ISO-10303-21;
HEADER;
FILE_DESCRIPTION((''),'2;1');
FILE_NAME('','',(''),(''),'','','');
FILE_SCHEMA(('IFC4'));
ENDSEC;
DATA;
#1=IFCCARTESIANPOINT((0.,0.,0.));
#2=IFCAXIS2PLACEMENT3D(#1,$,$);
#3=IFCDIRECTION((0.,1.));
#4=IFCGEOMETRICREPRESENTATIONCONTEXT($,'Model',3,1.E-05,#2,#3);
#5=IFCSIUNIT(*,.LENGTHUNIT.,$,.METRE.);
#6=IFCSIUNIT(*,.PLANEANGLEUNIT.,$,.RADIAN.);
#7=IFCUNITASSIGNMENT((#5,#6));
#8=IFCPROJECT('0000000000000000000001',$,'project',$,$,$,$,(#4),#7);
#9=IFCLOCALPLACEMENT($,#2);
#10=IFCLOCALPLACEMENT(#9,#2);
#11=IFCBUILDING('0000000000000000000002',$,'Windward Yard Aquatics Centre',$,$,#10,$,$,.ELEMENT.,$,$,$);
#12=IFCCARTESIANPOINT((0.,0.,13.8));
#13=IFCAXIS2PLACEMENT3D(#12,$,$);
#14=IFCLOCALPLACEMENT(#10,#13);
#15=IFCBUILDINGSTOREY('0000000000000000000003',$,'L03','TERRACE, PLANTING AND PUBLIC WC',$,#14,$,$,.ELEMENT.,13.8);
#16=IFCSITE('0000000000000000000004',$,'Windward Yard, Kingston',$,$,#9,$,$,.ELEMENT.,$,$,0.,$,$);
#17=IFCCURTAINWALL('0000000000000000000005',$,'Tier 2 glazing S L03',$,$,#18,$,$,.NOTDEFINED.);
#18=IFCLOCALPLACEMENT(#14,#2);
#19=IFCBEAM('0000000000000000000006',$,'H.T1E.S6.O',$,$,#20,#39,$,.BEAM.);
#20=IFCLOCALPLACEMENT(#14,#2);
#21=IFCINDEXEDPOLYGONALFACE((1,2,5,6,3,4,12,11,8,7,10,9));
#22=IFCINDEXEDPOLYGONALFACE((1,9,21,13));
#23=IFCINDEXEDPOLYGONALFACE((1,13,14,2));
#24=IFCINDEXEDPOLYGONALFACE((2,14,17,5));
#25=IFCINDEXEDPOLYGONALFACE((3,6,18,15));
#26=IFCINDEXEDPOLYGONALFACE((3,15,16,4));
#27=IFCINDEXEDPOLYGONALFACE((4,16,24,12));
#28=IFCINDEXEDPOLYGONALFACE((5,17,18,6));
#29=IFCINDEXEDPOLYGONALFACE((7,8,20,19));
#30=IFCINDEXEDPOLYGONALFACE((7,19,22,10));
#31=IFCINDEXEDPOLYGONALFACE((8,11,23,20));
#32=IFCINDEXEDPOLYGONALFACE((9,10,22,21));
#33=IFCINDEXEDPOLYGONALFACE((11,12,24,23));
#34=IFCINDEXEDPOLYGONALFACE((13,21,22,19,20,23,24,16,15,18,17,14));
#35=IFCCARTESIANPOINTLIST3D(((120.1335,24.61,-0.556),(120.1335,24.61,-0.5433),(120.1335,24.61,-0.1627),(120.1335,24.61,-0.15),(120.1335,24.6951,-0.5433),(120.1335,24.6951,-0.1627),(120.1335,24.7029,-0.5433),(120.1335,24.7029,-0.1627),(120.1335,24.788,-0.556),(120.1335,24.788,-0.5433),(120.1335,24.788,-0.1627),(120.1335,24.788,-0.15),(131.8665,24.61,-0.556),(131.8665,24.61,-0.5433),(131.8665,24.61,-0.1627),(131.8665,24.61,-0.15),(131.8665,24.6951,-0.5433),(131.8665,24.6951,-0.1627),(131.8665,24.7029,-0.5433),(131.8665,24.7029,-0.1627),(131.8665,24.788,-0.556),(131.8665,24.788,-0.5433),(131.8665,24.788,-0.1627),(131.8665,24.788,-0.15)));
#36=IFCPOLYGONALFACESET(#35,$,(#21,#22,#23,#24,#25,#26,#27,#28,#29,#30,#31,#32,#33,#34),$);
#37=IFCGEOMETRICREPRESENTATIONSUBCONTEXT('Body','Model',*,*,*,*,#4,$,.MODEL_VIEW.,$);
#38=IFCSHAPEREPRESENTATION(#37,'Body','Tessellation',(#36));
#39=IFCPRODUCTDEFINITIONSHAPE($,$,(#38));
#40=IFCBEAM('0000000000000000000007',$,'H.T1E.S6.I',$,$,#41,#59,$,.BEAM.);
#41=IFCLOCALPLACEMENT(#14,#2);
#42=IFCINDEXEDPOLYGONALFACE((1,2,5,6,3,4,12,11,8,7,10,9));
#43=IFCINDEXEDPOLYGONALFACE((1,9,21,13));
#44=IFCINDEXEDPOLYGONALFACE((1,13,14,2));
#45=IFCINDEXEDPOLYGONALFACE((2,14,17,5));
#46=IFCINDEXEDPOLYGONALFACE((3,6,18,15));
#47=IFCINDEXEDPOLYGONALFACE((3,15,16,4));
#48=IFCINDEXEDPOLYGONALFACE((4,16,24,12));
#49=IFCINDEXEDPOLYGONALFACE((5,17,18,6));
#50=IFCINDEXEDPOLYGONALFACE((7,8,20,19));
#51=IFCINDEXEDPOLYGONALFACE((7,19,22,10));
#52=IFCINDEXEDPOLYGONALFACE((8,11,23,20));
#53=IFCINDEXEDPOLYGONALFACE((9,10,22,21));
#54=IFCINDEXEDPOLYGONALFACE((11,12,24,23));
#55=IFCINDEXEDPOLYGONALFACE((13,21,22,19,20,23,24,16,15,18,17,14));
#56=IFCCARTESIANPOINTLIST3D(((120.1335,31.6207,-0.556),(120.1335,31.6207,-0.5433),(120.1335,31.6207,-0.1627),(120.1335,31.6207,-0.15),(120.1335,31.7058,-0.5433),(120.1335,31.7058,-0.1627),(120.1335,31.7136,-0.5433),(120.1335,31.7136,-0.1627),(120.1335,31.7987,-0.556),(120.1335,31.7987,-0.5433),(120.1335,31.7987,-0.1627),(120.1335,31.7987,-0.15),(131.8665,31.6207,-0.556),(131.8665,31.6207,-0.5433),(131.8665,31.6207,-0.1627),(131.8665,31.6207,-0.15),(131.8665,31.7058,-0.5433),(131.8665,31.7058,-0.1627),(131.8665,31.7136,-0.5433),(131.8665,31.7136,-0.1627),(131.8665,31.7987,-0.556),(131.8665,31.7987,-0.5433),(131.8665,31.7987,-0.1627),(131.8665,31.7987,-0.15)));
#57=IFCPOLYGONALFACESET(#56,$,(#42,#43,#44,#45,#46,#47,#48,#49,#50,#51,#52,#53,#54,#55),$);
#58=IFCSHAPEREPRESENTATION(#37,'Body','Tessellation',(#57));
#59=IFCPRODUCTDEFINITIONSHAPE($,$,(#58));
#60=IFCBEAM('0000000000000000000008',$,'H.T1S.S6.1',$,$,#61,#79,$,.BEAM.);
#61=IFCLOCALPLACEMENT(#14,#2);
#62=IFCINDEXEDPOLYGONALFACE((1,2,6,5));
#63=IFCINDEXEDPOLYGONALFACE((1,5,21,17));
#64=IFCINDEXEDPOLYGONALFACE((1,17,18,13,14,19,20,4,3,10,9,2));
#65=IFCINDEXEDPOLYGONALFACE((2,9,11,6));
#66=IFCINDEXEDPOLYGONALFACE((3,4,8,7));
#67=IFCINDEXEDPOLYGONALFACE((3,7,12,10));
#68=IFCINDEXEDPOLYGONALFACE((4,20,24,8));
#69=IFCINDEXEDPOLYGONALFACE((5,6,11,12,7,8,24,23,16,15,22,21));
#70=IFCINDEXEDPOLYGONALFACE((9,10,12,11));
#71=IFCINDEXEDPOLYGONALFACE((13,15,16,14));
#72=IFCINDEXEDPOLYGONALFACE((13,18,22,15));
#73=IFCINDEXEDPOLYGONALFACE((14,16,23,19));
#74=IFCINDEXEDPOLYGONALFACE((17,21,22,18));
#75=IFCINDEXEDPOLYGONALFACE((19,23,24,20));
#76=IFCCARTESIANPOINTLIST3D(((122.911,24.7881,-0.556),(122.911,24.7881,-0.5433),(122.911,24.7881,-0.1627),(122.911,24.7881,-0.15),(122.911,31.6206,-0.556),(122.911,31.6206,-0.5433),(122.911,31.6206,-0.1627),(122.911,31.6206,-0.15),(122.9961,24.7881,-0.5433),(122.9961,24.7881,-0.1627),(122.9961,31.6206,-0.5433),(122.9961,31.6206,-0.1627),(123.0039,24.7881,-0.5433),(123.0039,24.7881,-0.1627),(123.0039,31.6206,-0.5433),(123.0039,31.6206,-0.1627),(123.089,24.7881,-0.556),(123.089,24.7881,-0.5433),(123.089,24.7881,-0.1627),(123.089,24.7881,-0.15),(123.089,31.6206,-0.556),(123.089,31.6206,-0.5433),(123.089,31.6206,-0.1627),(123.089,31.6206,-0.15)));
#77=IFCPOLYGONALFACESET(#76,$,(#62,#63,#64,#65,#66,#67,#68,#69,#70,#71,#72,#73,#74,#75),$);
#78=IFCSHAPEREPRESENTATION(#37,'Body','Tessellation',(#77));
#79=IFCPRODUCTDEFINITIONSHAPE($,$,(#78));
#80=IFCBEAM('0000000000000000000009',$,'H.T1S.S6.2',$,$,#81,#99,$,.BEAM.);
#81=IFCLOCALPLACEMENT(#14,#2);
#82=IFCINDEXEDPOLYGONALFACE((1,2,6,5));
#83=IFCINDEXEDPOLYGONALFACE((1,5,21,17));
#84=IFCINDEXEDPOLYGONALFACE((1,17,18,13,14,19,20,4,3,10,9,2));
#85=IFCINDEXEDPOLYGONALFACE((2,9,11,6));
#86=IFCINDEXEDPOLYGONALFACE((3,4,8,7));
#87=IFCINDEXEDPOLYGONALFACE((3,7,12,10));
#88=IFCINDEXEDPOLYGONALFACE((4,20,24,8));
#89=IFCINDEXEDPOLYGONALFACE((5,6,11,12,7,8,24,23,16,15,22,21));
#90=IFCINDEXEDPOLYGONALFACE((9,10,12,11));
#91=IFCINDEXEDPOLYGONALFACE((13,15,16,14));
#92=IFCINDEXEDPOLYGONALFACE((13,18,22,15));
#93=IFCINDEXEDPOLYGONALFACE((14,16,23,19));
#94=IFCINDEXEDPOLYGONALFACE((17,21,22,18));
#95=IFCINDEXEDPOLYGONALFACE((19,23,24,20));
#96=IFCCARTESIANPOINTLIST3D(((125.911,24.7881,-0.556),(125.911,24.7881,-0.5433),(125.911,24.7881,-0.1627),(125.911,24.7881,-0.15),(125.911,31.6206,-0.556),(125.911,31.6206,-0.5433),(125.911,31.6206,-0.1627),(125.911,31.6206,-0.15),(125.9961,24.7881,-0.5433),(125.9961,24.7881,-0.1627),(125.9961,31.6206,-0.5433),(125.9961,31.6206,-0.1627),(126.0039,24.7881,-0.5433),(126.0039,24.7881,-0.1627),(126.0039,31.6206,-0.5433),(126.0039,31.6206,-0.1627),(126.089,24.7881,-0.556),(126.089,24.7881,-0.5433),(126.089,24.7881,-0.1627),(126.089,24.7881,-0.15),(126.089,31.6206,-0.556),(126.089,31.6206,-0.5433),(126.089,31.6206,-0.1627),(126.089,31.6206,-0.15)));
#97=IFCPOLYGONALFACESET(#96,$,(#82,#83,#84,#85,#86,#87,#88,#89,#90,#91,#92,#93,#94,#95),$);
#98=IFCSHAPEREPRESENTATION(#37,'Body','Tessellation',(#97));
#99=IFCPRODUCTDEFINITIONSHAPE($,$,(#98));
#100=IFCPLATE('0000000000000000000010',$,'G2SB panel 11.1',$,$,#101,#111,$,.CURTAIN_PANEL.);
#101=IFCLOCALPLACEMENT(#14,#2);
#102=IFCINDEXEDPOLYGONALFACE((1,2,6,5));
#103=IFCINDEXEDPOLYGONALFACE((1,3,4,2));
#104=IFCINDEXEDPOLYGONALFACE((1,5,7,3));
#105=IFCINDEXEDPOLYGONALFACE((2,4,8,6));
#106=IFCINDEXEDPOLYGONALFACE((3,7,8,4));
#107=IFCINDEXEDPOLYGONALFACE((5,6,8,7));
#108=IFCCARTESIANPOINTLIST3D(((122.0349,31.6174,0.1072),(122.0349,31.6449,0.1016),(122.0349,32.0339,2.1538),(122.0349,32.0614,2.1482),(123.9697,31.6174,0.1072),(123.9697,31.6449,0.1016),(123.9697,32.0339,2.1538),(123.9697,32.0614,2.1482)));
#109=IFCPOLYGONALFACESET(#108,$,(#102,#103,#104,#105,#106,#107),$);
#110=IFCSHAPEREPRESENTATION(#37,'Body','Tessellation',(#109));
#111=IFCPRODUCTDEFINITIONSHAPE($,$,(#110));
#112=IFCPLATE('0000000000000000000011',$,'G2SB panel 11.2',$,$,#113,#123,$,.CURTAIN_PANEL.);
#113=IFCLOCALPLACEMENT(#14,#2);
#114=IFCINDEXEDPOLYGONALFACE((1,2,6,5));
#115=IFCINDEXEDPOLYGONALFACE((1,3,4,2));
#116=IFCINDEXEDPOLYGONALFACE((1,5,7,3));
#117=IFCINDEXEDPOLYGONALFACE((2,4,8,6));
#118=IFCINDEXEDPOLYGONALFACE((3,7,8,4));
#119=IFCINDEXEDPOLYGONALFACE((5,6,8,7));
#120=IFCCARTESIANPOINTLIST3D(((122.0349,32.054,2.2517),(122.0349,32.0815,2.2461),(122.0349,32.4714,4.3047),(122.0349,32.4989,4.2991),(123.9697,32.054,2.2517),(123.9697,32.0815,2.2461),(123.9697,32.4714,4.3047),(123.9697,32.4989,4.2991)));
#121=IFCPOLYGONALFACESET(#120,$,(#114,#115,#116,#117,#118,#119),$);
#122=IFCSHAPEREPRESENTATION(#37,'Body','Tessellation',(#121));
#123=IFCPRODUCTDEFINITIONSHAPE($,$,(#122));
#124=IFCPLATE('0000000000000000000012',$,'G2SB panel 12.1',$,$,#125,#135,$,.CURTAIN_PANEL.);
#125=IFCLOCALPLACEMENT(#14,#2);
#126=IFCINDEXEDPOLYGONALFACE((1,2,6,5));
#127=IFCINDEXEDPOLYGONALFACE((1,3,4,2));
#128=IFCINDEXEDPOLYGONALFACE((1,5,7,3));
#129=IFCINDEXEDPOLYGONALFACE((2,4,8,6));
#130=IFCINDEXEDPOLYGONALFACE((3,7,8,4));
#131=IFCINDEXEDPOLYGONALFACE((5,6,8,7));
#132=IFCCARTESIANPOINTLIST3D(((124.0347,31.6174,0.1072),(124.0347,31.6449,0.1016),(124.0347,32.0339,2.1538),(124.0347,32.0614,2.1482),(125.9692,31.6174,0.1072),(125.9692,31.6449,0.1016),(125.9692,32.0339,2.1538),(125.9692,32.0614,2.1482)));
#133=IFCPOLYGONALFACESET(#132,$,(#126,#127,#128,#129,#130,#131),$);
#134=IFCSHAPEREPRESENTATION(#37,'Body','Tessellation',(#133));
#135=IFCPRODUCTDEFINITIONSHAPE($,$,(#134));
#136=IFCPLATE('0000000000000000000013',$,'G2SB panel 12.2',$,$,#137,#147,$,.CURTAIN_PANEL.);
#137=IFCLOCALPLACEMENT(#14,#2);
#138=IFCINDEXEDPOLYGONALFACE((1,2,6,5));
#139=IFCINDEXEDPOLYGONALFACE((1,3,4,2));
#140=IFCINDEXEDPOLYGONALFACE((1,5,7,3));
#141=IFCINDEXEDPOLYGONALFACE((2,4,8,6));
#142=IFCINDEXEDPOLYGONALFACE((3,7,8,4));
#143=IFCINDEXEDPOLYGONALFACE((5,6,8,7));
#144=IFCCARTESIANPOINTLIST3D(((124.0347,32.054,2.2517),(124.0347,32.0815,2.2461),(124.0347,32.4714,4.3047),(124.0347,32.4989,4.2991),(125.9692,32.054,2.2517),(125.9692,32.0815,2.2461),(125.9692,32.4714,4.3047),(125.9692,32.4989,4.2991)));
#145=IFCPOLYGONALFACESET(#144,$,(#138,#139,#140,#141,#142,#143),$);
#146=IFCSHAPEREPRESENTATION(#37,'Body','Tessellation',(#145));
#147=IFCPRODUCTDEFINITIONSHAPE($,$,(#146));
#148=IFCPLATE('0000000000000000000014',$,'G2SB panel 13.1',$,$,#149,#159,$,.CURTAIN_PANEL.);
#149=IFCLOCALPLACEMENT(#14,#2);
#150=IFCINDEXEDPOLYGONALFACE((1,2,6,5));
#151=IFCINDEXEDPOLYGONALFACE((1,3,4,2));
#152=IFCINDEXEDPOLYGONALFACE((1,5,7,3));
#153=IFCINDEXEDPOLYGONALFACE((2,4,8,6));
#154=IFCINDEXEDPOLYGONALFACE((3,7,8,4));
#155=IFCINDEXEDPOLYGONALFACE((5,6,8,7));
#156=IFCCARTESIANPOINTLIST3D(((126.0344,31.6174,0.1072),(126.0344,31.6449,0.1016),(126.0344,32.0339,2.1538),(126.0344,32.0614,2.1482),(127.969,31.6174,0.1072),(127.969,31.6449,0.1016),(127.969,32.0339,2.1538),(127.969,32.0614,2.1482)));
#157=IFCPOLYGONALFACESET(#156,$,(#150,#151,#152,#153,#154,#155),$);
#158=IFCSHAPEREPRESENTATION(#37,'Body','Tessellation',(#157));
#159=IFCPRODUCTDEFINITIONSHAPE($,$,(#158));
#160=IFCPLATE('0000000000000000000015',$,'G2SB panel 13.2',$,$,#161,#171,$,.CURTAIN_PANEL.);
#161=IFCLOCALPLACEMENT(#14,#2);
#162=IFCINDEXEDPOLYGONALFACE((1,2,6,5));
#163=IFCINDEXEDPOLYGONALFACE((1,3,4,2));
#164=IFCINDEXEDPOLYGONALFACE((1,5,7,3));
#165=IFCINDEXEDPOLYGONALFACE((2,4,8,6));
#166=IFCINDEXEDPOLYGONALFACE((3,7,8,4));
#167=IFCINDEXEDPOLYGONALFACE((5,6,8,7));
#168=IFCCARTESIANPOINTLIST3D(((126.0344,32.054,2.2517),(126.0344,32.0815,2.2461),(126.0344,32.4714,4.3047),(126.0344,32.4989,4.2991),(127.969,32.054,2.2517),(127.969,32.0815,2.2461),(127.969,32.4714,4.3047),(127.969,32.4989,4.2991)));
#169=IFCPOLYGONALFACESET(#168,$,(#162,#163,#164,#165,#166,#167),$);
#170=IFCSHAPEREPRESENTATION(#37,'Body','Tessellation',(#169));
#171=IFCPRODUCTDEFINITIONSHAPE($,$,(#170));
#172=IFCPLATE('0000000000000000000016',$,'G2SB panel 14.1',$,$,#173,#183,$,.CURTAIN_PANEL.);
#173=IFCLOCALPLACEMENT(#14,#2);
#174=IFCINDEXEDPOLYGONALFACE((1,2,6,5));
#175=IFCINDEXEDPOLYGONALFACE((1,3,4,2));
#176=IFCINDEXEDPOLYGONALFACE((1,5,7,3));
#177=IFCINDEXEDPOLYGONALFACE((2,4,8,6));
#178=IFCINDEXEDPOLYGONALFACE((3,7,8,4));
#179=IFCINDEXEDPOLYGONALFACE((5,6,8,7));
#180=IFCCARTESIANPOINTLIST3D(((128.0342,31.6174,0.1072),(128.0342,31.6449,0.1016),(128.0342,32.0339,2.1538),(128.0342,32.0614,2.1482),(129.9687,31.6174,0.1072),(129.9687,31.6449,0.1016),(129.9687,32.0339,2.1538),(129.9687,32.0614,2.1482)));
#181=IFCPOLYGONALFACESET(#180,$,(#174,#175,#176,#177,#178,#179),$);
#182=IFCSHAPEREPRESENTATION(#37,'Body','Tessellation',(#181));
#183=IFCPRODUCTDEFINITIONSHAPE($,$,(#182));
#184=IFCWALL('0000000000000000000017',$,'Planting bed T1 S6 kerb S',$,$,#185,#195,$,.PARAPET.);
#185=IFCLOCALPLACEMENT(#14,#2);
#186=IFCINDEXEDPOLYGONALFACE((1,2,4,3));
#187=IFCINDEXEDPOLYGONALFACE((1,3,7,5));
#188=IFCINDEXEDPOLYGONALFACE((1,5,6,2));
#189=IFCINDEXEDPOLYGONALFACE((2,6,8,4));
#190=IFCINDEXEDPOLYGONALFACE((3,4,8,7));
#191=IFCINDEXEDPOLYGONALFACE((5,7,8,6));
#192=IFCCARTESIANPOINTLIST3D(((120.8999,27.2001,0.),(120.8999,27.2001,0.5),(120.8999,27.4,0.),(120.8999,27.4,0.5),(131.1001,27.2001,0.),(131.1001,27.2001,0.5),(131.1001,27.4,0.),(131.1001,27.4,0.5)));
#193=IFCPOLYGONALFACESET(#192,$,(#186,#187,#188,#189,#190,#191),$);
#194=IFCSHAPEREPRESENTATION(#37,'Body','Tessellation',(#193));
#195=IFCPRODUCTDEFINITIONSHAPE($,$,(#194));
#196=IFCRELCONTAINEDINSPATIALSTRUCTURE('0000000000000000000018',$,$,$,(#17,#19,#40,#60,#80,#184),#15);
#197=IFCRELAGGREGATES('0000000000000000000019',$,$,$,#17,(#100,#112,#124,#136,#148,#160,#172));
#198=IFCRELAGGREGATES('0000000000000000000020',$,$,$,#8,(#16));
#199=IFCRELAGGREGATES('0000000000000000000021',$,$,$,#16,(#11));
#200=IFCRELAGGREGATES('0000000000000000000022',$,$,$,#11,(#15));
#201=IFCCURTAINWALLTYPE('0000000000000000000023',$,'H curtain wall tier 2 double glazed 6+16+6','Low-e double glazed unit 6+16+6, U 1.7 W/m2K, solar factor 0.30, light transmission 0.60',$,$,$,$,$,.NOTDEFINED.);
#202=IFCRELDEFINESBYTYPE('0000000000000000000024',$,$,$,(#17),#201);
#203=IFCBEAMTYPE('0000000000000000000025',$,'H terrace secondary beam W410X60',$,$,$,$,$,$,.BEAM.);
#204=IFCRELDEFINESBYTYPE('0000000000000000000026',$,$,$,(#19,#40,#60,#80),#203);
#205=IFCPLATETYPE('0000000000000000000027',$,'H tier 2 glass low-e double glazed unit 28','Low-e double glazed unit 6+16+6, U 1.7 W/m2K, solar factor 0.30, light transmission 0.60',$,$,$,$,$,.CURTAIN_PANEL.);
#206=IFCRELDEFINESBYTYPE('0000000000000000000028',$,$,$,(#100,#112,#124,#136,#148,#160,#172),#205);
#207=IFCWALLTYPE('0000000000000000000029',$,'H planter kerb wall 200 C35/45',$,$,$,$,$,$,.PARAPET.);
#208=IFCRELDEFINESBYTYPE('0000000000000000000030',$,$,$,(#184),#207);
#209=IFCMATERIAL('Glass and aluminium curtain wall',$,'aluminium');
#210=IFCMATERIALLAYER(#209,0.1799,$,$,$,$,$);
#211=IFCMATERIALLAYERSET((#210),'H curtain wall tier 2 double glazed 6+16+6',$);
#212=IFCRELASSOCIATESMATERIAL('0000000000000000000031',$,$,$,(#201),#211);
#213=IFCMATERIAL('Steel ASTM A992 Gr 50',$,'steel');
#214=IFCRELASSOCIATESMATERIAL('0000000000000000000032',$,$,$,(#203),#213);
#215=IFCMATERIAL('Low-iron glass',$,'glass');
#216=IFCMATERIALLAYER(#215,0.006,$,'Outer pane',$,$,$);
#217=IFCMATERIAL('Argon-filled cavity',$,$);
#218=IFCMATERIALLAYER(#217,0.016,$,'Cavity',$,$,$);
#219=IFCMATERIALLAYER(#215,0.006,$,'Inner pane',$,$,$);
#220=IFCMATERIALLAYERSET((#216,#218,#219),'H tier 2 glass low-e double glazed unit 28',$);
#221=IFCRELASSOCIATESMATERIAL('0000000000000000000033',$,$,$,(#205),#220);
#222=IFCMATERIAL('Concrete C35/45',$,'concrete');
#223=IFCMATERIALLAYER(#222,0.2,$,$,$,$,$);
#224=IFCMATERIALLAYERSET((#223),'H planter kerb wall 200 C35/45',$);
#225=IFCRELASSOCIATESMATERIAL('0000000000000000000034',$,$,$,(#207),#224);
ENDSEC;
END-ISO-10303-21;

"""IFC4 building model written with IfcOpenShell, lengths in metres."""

from ifc_helpers import new_model, si_unit, direction, frame, frame_2d, origin, origin_2d, place, context, subcontext, project, spatial, polyline, rectangle, i_section, outline, extrude, material, layer, layer_set, material_profile, profile_set, type_object, element, aggregate, save


model = new_model("IFC4")

# Units and contexts
model_context = context("Model", 3, precision=1e-05, world=origin(), true_north=direction((0.0, 1.0)))
body_context = subcontext(model_context, "Body", "Model", "MODEL_VIEW")
ifc_project = project(units=[si_unit("LENGTHUNIT", "METRE"), si_unit("PLANEANGLEUNIT", "RADIAN")], contexts=[model_context])

# Site, building, storey
site_placement = place(None, origin())
site = spatial("IfcSite", under=ifc_project, at=site_placement, Name="Windward Yard, Kingston", CompositionType="ELEMENT", RefElevation=0.0)
building_placement = place(site_placement, origin())
building = spatial("IfcBuilding", under=site, at=building_placement, Name="Windward Yard Aquatics Centre", CompositionType="ELEMENT")
storey_placement = place(building_placement, frame((0.0, 0.0, 13.8)))
storey = spatial("IfcBuildingStorey", under=building, at=storey_placement, Name="L03", Description="TERRACE, PLANTING AND PUBLIC WC", CompositionType="ELEMENT", Elevation=13.8)

# Curtain wall
ifc_material_1 = material(Name="Glass and aluminium curtain wall", Category="aluminium")
ifc_layer_1 = layer(ifc_material_1, 0.1799)
ifc_layer_set_1 = layer_set([ifc_layer_1], Name="H curtain wall tier 2 double glazed 6+16+6")
curtain_wall_type = type_object("IfcCurtainWallType", Name="H curtain wall tier 2 double glazed 6+16+6", Description="Low-e double glazed unit 6+16+6, U 1.7 W/m2K, solar factor 0.30, light transmission 0.60", PredefinedType="NOTDEFINED", material=ifc_layer_set_1)
curtain_wall_placement = place(storey_placement, origin())
curtain_wall = element("IfcCurtainWall", 1, at=curtain_wall_placement, inside=storey, type_object=curtain_wall_type, Name="Tier 2 glazing S L03", PredefinedType="NOTDEFINED")

# Beams
ifc_material_2 = material(Name="Steel ASTM A992 Gr 50", Category="steel")
ifc_material_profile_1 = material_profile(ifc_material_2, i_section(OverallWidth=0.178, OverallDepth=0.406, WebThickness=0.0078, FlangeThickness=0.0127, at=origin_2d()), Name="W410X60")
ifc_profile_set_1 = profile_set([ifc_material_profile_1], Name="Steel ASTM A992 Gr 50")
beam_type = type_object("IfcBeamType", Name="H terrace secondary beam W410X60", PredefinedType="BEAM", material=ifc_profile_set_1)
for number, where, z_axis, x_axis, name in (
    (2, (120.1335, 24.699, -0.353), (1.0, 0.0, 0.0), (0.0, 1.0, 0.0), "H.T1E.S6.O"),
    (3, (120.1335, 31.7097, -0.353), (1.0, 0.0, 0.0), (0.0, 1.0, 0.0), "H.T1E.S6.I"),
):
    element("IfcBeam", number, at=place(storey_placement, frame(where, z_axis=z_axis, x_axis=x_axis)), inside=storey, type_object=beam_type, Name=name, PredefinedType="BEAM", context=body_context, shape_type="SweptSolid", body=[
        extrude(i_section(OverallWidth=0.178, OverallDepth=0.406, WebThickness=0.0078, FlangeThickness=0.0127, at=origin_2d()), origin(), (0.0, 0.0, 1.0), 11.7329),
    ])
for number, where, z_axis, x_axis, name in (
    (4, (123.0, 24.7881, -0.353), (0.0, 1.0, 0.0), (-1.0, 0.0, 0.0), "H.T1S.S6.1"),
    (5, (126.0, 24.7881, -0.353), (0.0, 1.0, 0.0), (-1.0, 0.0, 0.0), "H.T1S.S6.2"),
):
    element("IfcBeam", number, at=place(storey_placement, frame(where, z_axis=z_axis, x_axis=x_axis)), inside=storey, type_object=beam_type, Name=name, PredefinedType="BEAM", context=body_context, shape_type="SweptSolid", body=[
        extrude(i_section(OverallWidth=0.178, OverallDepth=0.406, WebThickness=0.0078, FlangeThickness=0.0127, at=origin_2d()), origin(), (0.0, 0.0, 1.0), 6.8325),
    ])

# Plates
ifc_material_3 = material(Name="Low-iron glass", Category="glass")
ifc_layer_2 = layer(ifc_material_3, 0.006, Name="Outer pane")
ifc_material_4 = material(Name="Argon-filled cavity")
ifc_layer_3 = layer(ifc_material_4, 0.016, Name="Cavity")
ifc_layer_4 = layer(ifc_material_3, 0.006, Name="Inner pane")
ifc_layer_set_2 = layer_set([ifc_layer_2, ifc_layer_3, ifc_layer_4], Name="H tier 2 glass low-e double glazed unit 28")
plate_type = type_object("IfcPlateType", Name="H tier 2 glass low-e double glazed unit 28", Description="Low-e double glazed unit 6+16+6, U 1.7 W/m2K, solar factor 0.30, light transmission 0.60", PredefinedType="CURTAIN_PANEL", material=ifc_layer_set_2)
plate_1_placement = place(storey_placement, frame((122.0349, 31.6174, 0.1072), z_axis=(0.0, -0.979914, 0.199419), x_axis=(1.0, 0.0, 0.0)))
plate_1 = element("IfcPlate", 6, at=plate_1_placement, type_object=plate_type, Name="G2SB panel 11.1", PredefinedType="CURTAIN_PANEL", context=body_context, shape_type="SweptSolid", body=[
    extrude(outline(polyline([(0.0, 0.0), (1.9348, 0.0), (1.9348, 2.0886), (0.0, 2.0886), (0.0, 0.0)])), origin(), (0.0, 0.0, -1.0), 0.0281),
])
plate_2_placement = place(storey_placement, frame((122.0349, 32.054, 2.2517), z_axis=(0.0, -0.979944, 0.199275), x_axis=(1.0, 0.0, 0.0)))
plate_2 = element("IfcPlate", 7, at=plate_2_placement, type_object=plate_type, Name="G2SB panel 11.2", PredefinedType="CURTAIN_PANEL", context=body_context, shape_type="SweptSolid", body=[
    extrude(outline(polyline([(0.0, 0.0), (1.9348, 0.0), (1.9348, 2.095), (0.0, 2.095), (0.0, 0.0)])), origin(), (0.0, 0.0, -1.0), 0.0281),
])
plate_3_placement = place(storey_placement, frame((124.0347, 31.6174, 0.1072), z_axis=(0.0, -0.979914, 0.199419), x_axis=(1.0, 0.0, 0.0)))
plate_3 = element("IfcPlate", 8, at=plate_3_placement, type_object=plate_type, Name="G2SB panel 12.1", PredefinedType="CURTAIN_PANEL", context=body_context, shape_type="SweptSolid", body=[
    extrude(outline(polyline([(0.0, 0.0), (1.9346, 0.0), (1.9346, 2.0886), (0.0, 2.0886), (0.0, 0.0)])), origin(), (0.0, 0.0, -1.0), 0.0281),
])
plate_4_placement = place(storey_placement, frame((124.0347, 32.054, 2.2517), z_axis=(0.0, -0.979944, 0.199275), x_axis=(1.0, 0.0, 0.0)))
plate_4 = element("IfcPlate", 9, at=plate_4_placement, type_object=plate_type, Name="G2SB panel 12.2", PredefinedType="CURTAIN_PANEL", context=body_context, shape_type="SweptSolid", body=[
    extrude(outline(polyline([(0.0, 0.0), (1.9346, 0.0), (1.9346, 2.095), (0.0, 2.095), (0.0, 0.0)])), origin(), (0.0, 0.0, -1.0), 0.0281),
])
plate_5_placement = place(storey_placement, frame((126.0344, 31.6174, 0.1072), z_axis=(0.0, -0.979914, 0.199419), x_axis=(1.0, 0.0, 0.0)))
plate_5 = element("IfcPlate", 10, at=plate_5_placement, type_object=plate_type, Name="G2SB panel 13.1", PredefinedType="CURTAIN_PANEL", context=body_context, shape_type="SweptSolid", body=[
    extrude(outline(polyline([(0.0, 0.0), (1.9346, 0.0), (1.9346, 2.0886), (0.0, 2.0886), (0.0, 0.0)])), origin(), (0.0, 0.0, -1.0), 0.0281),
])
plate_6_placement = place(storey_placement, frame((126.0344, 32.054, 2.2517), z_axis=(0.0, -0.979944, 0.199275), x_axis=(1.0, 0.0, 0.0)))
plate_6 = element("IfcPlate", 11, at=plate_6_placement, type_object=plate_type, Name="G2SB panel 13.2", PredefinedType="CURTAIN_PANEL", context=body_context, shape_type="SweptSolid", body=[
    extrude(outline(polyline([(0.0, 0.0), (1.9346, 0.0), (1.9346, 2.095), (0.0, 2.095), (0.0, 0.0)])), origin(), (0.0, 0.0, -1.0), 0.0281),
])
plate_7_placement = place(storey_placement, frame((128.0342, 31.6174, 0.1072), z_axis=(0.0, -0.979914, 0.199419), x_axis=(1.0, 0.0, 0.0)))
plate_7 = element("IfcPlate", 12, at=plate_7_placement, type_object=plate_type, Name="G2SB panel 14.1", PredefinedType="CURTAIN_PANEL", context=body_context, shape_type="SweptSolid", body=[
    extrude(outline(polyline([(0.0, 0.0), (1.9346, 0.0), (1.9346, 2.0886), (0.0, 2.0886), (0.0, 0.0)])), origin(), (0.0, 0.0, -1.0), 0.0281),
])
aggregate(curtain_wall, [plate_1, plate_2, plate_3, plate_4, plate_5, plate_6, plate_7])

# Wall
ifc_material_5 = material(Name="Concrete C35/45", Category="concrete")
ifc_layer_5 = layer(ifc_material_5, 0.2)
ifc_layer_set_3 = layer_set([ifc_layer_5], Name="H planter kerb wall 200 C35/45")
wall_type = type_object("IfcWallType", Name="H planter kerb wall 200 C35/45", PredefinedType="PARAPET", material=ifc_layer_set_3)
for number, where, z_axis, x_axis, name in (
    (13, (120.8999, 27.3, 0.0), (0.0, 0.0, 1.0), (1.0, 0.0, 0.0), "Planting bed T1 S6 kerb S"),
):
    element("IfcWall", number, at=place(storey_placement, frame(where, z_axis=z_axis, x_axis=x_axis)), inside=storey, type_object=wall_type, Name=name, PredefinedType="PARAPET", context=body_context, shape_type="SweptSolid", body=[
        extrude(rectangle(XDim=10.2002, YDim=0.2, at=frame_2d((5.1001, 0.0))), origin(), (0.0, 0.0, 1.0), 0.5),
    ])

save(model, "model.ifc")
